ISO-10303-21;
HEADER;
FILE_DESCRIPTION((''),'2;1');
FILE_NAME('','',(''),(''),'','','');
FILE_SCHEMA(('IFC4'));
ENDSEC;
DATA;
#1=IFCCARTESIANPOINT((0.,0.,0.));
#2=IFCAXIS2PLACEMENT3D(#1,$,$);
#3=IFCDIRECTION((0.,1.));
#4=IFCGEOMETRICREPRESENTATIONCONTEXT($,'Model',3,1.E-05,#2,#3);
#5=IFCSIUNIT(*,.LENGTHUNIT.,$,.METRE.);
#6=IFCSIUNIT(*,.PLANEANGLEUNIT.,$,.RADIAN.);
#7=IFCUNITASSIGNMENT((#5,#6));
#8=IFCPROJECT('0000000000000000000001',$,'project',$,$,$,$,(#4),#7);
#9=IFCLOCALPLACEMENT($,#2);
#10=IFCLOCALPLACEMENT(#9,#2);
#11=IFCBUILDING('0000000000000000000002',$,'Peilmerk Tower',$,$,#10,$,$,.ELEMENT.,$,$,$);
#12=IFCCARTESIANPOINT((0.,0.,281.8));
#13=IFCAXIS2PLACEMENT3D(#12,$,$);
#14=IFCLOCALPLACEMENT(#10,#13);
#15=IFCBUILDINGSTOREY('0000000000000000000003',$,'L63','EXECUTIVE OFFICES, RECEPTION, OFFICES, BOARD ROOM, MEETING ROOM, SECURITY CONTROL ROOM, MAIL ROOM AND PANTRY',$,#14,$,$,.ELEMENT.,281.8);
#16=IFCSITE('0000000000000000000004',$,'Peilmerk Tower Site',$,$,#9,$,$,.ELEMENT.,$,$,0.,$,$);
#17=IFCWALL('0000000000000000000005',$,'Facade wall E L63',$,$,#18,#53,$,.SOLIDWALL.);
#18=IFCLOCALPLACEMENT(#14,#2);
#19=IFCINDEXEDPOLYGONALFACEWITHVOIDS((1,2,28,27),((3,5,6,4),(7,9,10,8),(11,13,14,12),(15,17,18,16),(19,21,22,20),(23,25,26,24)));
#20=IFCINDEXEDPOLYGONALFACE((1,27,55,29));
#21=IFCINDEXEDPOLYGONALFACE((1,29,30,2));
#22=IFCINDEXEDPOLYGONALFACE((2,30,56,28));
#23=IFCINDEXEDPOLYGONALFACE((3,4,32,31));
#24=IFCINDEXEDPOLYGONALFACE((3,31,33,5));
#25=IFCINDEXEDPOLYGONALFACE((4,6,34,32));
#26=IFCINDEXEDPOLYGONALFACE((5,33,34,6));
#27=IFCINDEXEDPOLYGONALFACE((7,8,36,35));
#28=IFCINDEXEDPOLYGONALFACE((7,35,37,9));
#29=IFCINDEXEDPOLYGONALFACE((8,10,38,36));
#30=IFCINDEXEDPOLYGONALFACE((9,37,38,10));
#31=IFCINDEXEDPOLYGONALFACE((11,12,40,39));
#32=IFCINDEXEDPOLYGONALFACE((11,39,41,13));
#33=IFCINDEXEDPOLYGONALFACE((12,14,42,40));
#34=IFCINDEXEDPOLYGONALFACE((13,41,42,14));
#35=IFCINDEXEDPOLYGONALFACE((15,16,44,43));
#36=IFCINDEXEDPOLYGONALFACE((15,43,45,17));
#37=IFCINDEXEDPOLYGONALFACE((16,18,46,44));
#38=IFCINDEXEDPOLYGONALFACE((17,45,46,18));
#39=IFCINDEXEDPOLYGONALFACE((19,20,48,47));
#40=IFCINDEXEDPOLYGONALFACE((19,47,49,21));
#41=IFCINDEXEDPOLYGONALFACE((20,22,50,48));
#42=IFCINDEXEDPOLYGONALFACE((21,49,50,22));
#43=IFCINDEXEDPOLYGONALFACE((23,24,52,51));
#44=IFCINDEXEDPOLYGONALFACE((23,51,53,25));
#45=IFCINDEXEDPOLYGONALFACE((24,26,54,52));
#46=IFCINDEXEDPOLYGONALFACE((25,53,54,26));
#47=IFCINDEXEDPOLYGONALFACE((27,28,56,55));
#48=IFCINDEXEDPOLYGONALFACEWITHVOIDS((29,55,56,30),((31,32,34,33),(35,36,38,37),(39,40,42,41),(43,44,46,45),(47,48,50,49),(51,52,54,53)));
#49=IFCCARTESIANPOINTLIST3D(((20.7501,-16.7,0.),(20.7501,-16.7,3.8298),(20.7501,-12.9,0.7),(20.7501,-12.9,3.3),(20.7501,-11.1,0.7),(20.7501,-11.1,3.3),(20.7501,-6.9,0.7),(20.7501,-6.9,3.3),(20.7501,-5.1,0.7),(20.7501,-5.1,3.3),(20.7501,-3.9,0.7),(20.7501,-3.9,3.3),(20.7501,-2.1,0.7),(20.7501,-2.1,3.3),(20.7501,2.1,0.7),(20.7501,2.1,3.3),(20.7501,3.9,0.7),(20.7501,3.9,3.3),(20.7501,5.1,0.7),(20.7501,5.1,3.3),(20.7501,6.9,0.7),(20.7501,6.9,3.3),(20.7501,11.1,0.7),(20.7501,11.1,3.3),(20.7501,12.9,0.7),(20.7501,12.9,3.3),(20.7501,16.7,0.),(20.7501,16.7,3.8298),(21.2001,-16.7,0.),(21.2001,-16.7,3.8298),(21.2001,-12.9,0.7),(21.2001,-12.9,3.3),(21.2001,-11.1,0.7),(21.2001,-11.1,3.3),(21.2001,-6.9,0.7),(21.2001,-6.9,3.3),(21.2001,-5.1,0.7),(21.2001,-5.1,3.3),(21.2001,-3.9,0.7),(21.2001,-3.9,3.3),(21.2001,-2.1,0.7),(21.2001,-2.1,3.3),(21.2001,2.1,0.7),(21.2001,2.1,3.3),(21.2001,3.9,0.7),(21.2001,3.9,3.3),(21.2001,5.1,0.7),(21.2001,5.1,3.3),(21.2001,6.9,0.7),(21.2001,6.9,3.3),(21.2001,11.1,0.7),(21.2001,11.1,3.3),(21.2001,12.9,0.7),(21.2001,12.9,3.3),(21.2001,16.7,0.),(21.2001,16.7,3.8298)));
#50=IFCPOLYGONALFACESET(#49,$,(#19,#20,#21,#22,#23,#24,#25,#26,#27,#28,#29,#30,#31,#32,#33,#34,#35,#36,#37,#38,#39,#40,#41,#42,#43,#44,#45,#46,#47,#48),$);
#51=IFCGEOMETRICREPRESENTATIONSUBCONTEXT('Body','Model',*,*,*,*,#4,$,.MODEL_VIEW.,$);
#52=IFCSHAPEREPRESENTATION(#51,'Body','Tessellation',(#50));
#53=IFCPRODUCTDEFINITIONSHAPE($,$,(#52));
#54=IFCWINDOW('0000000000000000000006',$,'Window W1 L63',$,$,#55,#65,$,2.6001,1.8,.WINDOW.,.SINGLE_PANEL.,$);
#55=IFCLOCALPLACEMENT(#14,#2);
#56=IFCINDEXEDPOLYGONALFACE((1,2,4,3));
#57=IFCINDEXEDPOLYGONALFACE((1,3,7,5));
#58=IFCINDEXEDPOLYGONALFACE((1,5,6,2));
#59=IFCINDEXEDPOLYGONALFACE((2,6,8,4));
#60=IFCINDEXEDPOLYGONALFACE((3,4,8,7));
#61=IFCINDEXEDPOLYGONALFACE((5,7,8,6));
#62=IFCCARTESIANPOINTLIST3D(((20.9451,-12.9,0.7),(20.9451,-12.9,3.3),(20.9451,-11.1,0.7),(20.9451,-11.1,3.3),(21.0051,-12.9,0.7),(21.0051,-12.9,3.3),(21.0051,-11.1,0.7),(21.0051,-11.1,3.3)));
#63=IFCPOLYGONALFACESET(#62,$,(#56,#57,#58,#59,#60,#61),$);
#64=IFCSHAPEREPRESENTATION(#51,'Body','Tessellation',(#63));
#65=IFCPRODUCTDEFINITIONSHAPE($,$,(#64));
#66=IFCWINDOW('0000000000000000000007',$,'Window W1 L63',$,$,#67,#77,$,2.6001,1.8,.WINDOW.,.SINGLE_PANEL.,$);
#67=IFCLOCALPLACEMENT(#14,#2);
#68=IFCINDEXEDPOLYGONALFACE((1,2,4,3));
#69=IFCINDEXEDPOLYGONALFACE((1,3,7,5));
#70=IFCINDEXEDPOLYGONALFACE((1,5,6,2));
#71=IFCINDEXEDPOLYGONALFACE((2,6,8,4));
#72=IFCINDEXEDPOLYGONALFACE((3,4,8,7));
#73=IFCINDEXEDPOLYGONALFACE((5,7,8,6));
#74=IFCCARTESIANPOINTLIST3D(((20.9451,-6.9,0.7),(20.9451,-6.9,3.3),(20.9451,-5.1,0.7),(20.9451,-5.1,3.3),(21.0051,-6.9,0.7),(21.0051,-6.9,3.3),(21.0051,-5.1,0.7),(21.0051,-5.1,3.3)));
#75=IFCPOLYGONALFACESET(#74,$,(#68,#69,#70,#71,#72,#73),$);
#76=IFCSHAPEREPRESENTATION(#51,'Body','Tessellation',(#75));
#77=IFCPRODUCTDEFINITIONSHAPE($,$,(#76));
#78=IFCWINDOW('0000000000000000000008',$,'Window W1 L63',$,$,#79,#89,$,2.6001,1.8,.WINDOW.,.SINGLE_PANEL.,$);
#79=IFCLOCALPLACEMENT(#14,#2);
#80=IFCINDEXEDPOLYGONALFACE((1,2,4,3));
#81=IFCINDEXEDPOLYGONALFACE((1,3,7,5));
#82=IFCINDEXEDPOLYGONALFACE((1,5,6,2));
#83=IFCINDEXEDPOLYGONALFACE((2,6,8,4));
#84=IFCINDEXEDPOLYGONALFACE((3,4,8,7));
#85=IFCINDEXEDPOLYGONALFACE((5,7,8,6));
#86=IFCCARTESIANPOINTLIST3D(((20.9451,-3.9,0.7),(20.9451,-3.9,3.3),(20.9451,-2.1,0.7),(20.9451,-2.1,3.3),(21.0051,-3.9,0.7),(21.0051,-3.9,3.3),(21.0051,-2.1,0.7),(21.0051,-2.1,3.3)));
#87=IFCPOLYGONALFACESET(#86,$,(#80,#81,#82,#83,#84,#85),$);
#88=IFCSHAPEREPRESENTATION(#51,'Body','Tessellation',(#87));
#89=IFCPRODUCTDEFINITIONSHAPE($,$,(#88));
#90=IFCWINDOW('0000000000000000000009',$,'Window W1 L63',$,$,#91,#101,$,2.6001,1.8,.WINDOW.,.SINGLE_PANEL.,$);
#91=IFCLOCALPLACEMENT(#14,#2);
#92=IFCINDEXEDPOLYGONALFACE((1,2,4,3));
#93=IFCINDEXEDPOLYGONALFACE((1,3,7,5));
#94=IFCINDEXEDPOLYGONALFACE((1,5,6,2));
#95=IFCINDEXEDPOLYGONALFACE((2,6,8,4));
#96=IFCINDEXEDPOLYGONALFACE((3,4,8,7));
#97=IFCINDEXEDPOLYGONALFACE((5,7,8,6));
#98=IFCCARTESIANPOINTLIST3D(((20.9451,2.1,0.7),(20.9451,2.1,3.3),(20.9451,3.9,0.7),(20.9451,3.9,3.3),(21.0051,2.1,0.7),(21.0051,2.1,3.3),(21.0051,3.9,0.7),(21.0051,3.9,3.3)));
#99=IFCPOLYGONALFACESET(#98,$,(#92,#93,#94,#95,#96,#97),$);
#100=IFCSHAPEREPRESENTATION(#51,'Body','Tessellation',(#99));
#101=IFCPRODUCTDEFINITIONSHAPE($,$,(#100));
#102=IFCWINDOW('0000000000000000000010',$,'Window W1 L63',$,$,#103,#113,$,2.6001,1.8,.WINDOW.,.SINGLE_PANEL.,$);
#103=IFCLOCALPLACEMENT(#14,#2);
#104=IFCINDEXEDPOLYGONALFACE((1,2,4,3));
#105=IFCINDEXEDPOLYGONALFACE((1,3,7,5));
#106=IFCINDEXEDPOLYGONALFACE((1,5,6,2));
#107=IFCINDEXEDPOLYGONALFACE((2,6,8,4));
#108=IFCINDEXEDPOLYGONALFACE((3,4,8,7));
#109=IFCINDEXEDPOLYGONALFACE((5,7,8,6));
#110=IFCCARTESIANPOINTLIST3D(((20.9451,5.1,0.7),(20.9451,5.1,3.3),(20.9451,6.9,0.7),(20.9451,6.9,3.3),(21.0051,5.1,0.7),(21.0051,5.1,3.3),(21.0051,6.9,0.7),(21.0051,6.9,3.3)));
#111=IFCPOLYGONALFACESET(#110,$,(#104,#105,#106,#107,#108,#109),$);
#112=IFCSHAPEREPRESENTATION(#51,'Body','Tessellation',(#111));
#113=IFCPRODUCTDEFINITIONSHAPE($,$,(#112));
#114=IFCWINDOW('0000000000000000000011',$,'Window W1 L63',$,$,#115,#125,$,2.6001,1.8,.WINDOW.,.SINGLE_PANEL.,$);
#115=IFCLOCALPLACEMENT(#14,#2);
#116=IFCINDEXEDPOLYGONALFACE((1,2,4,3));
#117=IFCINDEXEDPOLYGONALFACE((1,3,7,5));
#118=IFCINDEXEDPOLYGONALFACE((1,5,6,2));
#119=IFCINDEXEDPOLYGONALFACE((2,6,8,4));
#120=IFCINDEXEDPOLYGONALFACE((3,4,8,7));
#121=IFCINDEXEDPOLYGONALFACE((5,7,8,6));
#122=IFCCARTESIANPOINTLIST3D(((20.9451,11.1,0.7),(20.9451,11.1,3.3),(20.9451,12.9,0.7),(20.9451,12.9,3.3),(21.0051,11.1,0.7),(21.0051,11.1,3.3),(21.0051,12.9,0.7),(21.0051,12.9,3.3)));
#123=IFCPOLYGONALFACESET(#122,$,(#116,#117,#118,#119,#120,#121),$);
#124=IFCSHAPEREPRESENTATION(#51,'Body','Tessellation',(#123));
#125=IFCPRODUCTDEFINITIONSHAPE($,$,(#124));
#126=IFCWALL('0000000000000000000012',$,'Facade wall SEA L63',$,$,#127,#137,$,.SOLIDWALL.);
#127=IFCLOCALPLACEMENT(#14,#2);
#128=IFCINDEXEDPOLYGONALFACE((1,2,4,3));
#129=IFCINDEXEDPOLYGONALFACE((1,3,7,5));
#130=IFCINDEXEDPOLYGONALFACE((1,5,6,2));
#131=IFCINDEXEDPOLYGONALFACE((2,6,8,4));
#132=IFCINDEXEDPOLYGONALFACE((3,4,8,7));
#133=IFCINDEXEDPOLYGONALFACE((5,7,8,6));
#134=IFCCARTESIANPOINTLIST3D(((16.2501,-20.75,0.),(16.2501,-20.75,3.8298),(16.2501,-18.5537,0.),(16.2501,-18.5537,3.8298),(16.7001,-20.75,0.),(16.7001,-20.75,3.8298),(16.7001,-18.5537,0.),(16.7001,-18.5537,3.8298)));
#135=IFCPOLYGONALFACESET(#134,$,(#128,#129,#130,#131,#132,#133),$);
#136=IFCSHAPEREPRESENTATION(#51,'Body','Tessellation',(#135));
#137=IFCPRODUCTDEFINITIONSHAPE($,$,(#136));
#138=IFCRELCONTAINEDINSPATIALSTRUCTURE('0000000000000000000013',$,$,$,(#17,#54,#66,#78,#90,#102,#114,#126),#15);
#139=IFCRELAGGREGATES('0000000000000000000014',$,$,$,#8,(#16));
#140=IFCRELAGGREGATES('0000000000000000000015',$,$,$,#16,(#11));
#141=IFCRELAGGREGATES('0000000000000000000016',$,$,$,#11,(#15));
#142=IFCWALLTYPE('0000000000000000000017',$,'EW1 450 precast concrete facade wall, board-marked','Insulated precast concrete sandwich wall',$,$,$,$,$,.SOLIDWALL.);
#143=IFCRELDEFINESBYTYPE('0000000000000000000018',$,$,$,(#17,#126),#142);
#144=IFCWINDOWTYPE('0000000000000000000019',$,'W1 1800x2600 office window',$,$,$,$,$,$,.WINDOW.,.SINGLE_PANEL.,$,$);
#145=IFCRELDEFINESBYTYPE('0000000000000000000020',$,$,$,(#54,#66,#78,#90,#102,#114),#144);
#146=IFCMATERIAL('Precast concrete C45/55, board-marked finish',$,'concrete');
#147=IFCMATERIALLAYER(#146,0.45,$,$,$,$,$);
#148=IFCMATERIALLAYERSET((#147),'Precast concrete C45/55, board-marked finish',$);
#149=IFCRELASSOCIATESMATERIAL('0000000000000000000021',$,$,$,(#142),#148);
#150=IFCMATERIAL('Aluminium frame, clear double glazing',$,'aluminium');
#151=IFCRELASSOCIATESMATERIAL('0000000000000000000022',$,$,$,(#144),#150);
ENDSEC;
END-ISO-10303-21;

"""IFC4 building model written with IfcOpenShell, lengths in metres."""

from ifc_helpers import new_model, si_unit, direction, frame, frame_2d, origin, place, context, subcontext, project, spatial, rectangle, extrude, material, layer, layer_set, type_object, element, fill, save


model = new_model("IFC4")

# Units and contexts
model_context = context("Model", 3, precision=1e-05, world=origin(), true_north=direction((0.0, 1.0)))
body_context = subcontext(model_context, "Body", "Model", "MODEL_VIEW")
ifc_project = project(units=[si_unit("LENGTHUNIT", "METRE"), si_unit("PLANEANGLEUNIT", "RADIAN")], contexts=[model_context])

# Site, building, storey
site_placement = place(None, origin())
site = spatial("IfcSite", under=ifc_project, at=site_placement, Name="Peilmerk Tower Site", CompositionType="ELEMENT", RefElevation=0.0)
building_placement = place(site_placement, origin())
building = spatial("IfcBuilding", under=site, at=building_placement, Name="Peilmerk Tower", CompositionType="ELEMENT")
storey_placement = place(building_placement, frame((0.0, 0.0, 281.8)))
storey = spatial("IfcBuildingStorey", under=building, at=storey_placement, Name="L63", Description="EXECUTIVE OFFICES, RECEPTION, OFFICES, BOARD ROOM, MEETING ROOM, SECURITY CONTROL ROOM, MAIL ROOM AND PANTRY", CompositionType="ELEMENT", Elevation=281.8)

# Wall, openings, windows
ifc_material_1 = material(Name="Precast concrete C45/55, board-marked finish", Category="concrete")
ifc_layer_1 = layer(ifc_material_1, 0.45)
ifc_layer_set_1 = layer_set([ifc_layer_1], Name="Precast concrete C45/55, board-marked finish")
wall_type = type_object("IfcWallType", Name="EW1 450 precast concrete facade wall, board-marked", Description="Insulated precast concrete sandwich wall", PredefinedType="SOLIDWALL", material=ifc_layer_set_1)
wall_1_placement = place(storey_placement, frame((20.9751, -16.7, 0.0), z_axis=(0.0, 0.0, 1.0), x_axis=(0.0, 1.0, 0.0)))
wall_1 = element("IfcWall", 1, at=wall_1_placement, inside=storey, type_object=wall_type, Name="Facade wall E L63", PredefinedType="SOLIDWALL", context=body_context, shape_type="SweptSolid", body=[
    extrude(rectangle(XDim=33.3999, YDim=0.45, at=frame_2d((16.7, 0.0))), origin(), (0.0, 0.0, 1.0), 3.8298),
])
opening_1_placement = place(wall_1_placement, frame((3.8, 0.0, 0.7)))
opening_1 = element("IfcOpeningElement", 2, at=opening_1_placement, cuts=wall_1, PredefinedType="OPENING", context=body_context, shape_type="SweptSolid", body=[
    extrude(rectangle(XDim=1.8, YDim=2.6001, at=frame_2d((0.8999, 1.3))), frame((0.0, 0.2349, 0.0), z_axis=(0.0, -1.0, 0.0), x_axis=(1.0, 0.0, 0.0)), (0.0, 0.0, 1.0), 0.47),
])
opening_2_placement = place(wall_1_placement, frame((9.8, 0.0, 0.7)))
opening_2 = element("IfcOpeningElement", 3, at=opening_2_placement, cuts=wall_1, PredefinedType="OPENING", context=body_context, shape_type="SweptSolid", body=[
    extrude(rectangle(XDim=1.8, YDim=2.6001, at=frame_2d((0.8999, 1.3))), frame((0.0, 0.2349, 0.0), z_axis=(0.0, -1.0, 0.0), x_axis=(1.0, 0.0, 0.0)), (0.0, 0.0, 1.0), 0.47),
])
opening_3_placement = place(wall_1_placement, frame((12.8, 0.0, 0.7)))
opening_3 = element("IfcOpeningElement", 4, at=opening_3_placement, cuts=wall_1, PredefinedType="OPENING", context=body_context, shape_type="SweptSolid", body=[
    extrude(rectangle(XDim=1.8, YDim=2.6001, at=frame_2d((0.8999, 1.3))), frame((0.0, 0.2349, 0.0), z_axis=(0.0, -1.0, 0.0), x_axis=(1.0, 0.0, 0.0)), (0.0, 0.0, 1.0), 0.47),
])
opening_4_placement = place(wall_1_placement, frame((18.8, 0.0, 0.7)))
opening_4 = element("IfcOpeningElement", 5, at=opening_4_placement, cuts=wall_1, PredefinedType="OPENING", context=body_context, shape_type="SweptSolid", body=[
    extrude(rectangle(XDim=1.8, YDim=2.6001, at=frame_2d((0.8999, 1.3))), frame((0.0, 0.2349, 0.0), z_axis=(0.0, -1.0, 0.0), x_axis=(1.0, 0.0, 0.0)), (0.0, 0.0, 1.0), 0.47),
])
opening_5_placement = place(wall_1_placement, frame((21.8, 0.0, 0.7)))
opening_5 = element("IfcOpeningElement", 6, at=opening_5_placement, cuts=wall_1, PredefinedType="OPENING", context=body_context, shape_type="SweptSolid", body=[
    extrude(rectangle(XDim=1.8, YDim=2.6001, at=frame_2d((0.8999, 1.3))), frame((0.0, 0.2349, 0.0), z_axis=(0.0, -1.0, 0.0), x_axis=(1.0, 0.0, 0.0)), (0.0, 0.0, 1.0), 0.47),
])
opening_6_placement = place(wall_1_placement, frame((27.8, 0.0, 0.7)))
opening_6 = element("IfcOpeningElement", 7, at=opening_6_placement, cuts=wall_1, PredefinedType="OPENING", context=body_context, shape_type="SweptSolid", body=[
    extrude(rectangle(XDim=1.8, YDim=2.6001, at=frame_2d((0.8999, 1.3))), frame((0.0, 0.2349, 0.0), z_axis=(0.0, -1.0, 0.0), x_axis=(1.0, 0.0, 0.0)), (0.0, 0.0, 1.0), 0.47),
])
ifc_material_2 = material(Name="Aluminium frame, clear double glazing", Category="aluminium")
window_type = type_object("IfcWindowType", Name="W1 1800x2600 office window", PartitioningType="SINGLE_PANEL", PredefinedType="WINDOW", material=ifc_material_2)
window_1_placement = place(opening_1_placement, origin())
window_1 = element("IfcWindow", 8, at=window_1_placement, inside=storey, type_object=window_type, Name="Window W1 L63", OverallHeight=2.6001, OverallWidth=1.8, PartitioningType="SINGLE_PANEL", PredefinedType="WINDOW", context=body_context, shape_type="SweptSolid", body=[
    extrude(rectangle(XDim=1.8, YDim=2.6001, at=frame_2d((0.8999, 1.3))), frame((0.0, 0.03, 0.0), z_axis=(0.0, -1.0, 0.0), x_axis=(1.0, 0.0, 0.0)), (0.0, 0.0, 1.0), 0.0601),
])
fill(opening_1, window_1)
window_2_placement = place(opening_2_placement, origin())
window_2 = element("IfcWindow", 9, at=window_2_placement, inside=storey, type_object=window_type, Name="Window W1 L63", OverallHeight=2.6001, OverallWidth=1.8, PartitioningType="SINGLE_PANEL", PredefinedType="WINDOW", context=body_context, shape_type="SweptSolid", body=[
    extrude(rectangle(XDim=1.8, YDim=2.6001, at=frame_2d((0.8999, 1.3))), frame((0.0, 0.03, 0.0), z_axis=(0.0, -1.0, 0.0), x_axis=(1.0, 0.0, 0.0)), (0.0, 0.0, 1.0), 0.0601),
])
fill(opening_2, window_2)
window_3_placement = place(opening_3_placement, origin())
window_3 = element("IfcWindow", 10, at=window_3_placement, inside=storey, type_object=window_type, Name="Window W1 L63", OverallHeight=2.6001, OverallWidth=1.8, PartitioningType="SINGLE_PANEL", PredefinedType="WINDOW", context=body_context, shape_type="SweptSolid", body=[
    extrude(rectangle(XDim=1.8, YDim=2.6001, at=frame_2d((0.8999, 1.3))), frame((0.0, 0.03, 0.0), z_axis=(0.0, -1.0, 0.0), x_axis=(1.0, 0.0, 0.0)), (0.0, 0.0, 1.0), 0.0601),
])
fill(opening_3, window_3)
window_4_placement = place(opening_4_placement, origin())
window_4 = element("IfcWindow", 11, at=window_4_placement, inside=storey, type_object=window_type, Name="Window W1 L63", OverallHeight=2.6001, OverallWidth=1.8, PartitioningType="SINGLE_PANEL", PredefinedType="WINDOW", context=body_context, shape_type="SweptSolid", body=[
    extrude(rectangle(XDim=1.8, YDim=2.6001, at=frame_2d((0.8999, 1.3))), frame((0.0, 0.03, 0.0), z_axis=(0.0, -1.0, 0.0), x_axis=(1.0, 0.0, 0.0)), (0.0, 0.0, 1.0), 0.0601),
])
fill(opening_4, window_4)
window_5_placement = place(opening_5_placement, origin())
window_5 = element("IfcWindow", 12, at=window_5_placement, inside=storey, type_object=window_type, Name="Window W1 L63", OverallHeight=2.6001, OverallWidth=1.8, PartitioningType="SINGLE_PANEL", PredefinedType="WINDOW", context=body_context, shape_type="SweptSolid", body=[
    extrude(rectangle(XDim=1.8, YDim=2.6001, at=frame_2d((0.8999, 1.3))), frame((0.0, 0.03, 0.0), z_axis=(0.0, -1.0, 0.0), x_axis=(1.0, 0.0, 0.0)), (0.0, 0.0, 1.0), 0.0601),
])
fill(opening_5, window_5)
window_6_placement = place(opening_6_placement, origin())
window_6 = element("IfcWindow", 13, at=window_6_placement, inside=storey, type_object=window_type, Name="Window W1 L63", OverallHeight=2.6001, OverallWidth=1.8, PartitioningType="SINGLE_PANEL", PredefinedType="WINDOW", context=body_context, shape_type="SweptSolid", body=[
    extrude(rectangle(XDim=1.8, YDim=2.6001, at=frame_2d((0.8999, 1.3))), frame((0.0, 0.03, 0.0), z_axis=(0.0, -1.0, 0.0), x_axis=(1.0, 0.0, 0.0)), (0.0, 0.0, 1.0), 0.0601),
])
fill(opening_6, window_6)

# Wall
wall_2_placement = place(storey_placement, frame((16.4751, -18.5537, 0.0), z_axis=(0.0, 0.0, 1.0), x_axis=(0.0, -1.0, 0.0)))
element("IfcWall", 14, at=wall_2_placement, inside=storey, type_object=wall_type, Name="Facade wall SEA L63", PredefinedType="SOLIDWALL", context=body_context, shape_type="SweptSolid", body=[
    extrude(rectangle(XDim=2.1963, YDim=0.45, at=frame_2d((1.0981, 0.0))), origin(), (0.0, 0.0, 1.0), 3.8298),
])

save(model, "model.ifc")
